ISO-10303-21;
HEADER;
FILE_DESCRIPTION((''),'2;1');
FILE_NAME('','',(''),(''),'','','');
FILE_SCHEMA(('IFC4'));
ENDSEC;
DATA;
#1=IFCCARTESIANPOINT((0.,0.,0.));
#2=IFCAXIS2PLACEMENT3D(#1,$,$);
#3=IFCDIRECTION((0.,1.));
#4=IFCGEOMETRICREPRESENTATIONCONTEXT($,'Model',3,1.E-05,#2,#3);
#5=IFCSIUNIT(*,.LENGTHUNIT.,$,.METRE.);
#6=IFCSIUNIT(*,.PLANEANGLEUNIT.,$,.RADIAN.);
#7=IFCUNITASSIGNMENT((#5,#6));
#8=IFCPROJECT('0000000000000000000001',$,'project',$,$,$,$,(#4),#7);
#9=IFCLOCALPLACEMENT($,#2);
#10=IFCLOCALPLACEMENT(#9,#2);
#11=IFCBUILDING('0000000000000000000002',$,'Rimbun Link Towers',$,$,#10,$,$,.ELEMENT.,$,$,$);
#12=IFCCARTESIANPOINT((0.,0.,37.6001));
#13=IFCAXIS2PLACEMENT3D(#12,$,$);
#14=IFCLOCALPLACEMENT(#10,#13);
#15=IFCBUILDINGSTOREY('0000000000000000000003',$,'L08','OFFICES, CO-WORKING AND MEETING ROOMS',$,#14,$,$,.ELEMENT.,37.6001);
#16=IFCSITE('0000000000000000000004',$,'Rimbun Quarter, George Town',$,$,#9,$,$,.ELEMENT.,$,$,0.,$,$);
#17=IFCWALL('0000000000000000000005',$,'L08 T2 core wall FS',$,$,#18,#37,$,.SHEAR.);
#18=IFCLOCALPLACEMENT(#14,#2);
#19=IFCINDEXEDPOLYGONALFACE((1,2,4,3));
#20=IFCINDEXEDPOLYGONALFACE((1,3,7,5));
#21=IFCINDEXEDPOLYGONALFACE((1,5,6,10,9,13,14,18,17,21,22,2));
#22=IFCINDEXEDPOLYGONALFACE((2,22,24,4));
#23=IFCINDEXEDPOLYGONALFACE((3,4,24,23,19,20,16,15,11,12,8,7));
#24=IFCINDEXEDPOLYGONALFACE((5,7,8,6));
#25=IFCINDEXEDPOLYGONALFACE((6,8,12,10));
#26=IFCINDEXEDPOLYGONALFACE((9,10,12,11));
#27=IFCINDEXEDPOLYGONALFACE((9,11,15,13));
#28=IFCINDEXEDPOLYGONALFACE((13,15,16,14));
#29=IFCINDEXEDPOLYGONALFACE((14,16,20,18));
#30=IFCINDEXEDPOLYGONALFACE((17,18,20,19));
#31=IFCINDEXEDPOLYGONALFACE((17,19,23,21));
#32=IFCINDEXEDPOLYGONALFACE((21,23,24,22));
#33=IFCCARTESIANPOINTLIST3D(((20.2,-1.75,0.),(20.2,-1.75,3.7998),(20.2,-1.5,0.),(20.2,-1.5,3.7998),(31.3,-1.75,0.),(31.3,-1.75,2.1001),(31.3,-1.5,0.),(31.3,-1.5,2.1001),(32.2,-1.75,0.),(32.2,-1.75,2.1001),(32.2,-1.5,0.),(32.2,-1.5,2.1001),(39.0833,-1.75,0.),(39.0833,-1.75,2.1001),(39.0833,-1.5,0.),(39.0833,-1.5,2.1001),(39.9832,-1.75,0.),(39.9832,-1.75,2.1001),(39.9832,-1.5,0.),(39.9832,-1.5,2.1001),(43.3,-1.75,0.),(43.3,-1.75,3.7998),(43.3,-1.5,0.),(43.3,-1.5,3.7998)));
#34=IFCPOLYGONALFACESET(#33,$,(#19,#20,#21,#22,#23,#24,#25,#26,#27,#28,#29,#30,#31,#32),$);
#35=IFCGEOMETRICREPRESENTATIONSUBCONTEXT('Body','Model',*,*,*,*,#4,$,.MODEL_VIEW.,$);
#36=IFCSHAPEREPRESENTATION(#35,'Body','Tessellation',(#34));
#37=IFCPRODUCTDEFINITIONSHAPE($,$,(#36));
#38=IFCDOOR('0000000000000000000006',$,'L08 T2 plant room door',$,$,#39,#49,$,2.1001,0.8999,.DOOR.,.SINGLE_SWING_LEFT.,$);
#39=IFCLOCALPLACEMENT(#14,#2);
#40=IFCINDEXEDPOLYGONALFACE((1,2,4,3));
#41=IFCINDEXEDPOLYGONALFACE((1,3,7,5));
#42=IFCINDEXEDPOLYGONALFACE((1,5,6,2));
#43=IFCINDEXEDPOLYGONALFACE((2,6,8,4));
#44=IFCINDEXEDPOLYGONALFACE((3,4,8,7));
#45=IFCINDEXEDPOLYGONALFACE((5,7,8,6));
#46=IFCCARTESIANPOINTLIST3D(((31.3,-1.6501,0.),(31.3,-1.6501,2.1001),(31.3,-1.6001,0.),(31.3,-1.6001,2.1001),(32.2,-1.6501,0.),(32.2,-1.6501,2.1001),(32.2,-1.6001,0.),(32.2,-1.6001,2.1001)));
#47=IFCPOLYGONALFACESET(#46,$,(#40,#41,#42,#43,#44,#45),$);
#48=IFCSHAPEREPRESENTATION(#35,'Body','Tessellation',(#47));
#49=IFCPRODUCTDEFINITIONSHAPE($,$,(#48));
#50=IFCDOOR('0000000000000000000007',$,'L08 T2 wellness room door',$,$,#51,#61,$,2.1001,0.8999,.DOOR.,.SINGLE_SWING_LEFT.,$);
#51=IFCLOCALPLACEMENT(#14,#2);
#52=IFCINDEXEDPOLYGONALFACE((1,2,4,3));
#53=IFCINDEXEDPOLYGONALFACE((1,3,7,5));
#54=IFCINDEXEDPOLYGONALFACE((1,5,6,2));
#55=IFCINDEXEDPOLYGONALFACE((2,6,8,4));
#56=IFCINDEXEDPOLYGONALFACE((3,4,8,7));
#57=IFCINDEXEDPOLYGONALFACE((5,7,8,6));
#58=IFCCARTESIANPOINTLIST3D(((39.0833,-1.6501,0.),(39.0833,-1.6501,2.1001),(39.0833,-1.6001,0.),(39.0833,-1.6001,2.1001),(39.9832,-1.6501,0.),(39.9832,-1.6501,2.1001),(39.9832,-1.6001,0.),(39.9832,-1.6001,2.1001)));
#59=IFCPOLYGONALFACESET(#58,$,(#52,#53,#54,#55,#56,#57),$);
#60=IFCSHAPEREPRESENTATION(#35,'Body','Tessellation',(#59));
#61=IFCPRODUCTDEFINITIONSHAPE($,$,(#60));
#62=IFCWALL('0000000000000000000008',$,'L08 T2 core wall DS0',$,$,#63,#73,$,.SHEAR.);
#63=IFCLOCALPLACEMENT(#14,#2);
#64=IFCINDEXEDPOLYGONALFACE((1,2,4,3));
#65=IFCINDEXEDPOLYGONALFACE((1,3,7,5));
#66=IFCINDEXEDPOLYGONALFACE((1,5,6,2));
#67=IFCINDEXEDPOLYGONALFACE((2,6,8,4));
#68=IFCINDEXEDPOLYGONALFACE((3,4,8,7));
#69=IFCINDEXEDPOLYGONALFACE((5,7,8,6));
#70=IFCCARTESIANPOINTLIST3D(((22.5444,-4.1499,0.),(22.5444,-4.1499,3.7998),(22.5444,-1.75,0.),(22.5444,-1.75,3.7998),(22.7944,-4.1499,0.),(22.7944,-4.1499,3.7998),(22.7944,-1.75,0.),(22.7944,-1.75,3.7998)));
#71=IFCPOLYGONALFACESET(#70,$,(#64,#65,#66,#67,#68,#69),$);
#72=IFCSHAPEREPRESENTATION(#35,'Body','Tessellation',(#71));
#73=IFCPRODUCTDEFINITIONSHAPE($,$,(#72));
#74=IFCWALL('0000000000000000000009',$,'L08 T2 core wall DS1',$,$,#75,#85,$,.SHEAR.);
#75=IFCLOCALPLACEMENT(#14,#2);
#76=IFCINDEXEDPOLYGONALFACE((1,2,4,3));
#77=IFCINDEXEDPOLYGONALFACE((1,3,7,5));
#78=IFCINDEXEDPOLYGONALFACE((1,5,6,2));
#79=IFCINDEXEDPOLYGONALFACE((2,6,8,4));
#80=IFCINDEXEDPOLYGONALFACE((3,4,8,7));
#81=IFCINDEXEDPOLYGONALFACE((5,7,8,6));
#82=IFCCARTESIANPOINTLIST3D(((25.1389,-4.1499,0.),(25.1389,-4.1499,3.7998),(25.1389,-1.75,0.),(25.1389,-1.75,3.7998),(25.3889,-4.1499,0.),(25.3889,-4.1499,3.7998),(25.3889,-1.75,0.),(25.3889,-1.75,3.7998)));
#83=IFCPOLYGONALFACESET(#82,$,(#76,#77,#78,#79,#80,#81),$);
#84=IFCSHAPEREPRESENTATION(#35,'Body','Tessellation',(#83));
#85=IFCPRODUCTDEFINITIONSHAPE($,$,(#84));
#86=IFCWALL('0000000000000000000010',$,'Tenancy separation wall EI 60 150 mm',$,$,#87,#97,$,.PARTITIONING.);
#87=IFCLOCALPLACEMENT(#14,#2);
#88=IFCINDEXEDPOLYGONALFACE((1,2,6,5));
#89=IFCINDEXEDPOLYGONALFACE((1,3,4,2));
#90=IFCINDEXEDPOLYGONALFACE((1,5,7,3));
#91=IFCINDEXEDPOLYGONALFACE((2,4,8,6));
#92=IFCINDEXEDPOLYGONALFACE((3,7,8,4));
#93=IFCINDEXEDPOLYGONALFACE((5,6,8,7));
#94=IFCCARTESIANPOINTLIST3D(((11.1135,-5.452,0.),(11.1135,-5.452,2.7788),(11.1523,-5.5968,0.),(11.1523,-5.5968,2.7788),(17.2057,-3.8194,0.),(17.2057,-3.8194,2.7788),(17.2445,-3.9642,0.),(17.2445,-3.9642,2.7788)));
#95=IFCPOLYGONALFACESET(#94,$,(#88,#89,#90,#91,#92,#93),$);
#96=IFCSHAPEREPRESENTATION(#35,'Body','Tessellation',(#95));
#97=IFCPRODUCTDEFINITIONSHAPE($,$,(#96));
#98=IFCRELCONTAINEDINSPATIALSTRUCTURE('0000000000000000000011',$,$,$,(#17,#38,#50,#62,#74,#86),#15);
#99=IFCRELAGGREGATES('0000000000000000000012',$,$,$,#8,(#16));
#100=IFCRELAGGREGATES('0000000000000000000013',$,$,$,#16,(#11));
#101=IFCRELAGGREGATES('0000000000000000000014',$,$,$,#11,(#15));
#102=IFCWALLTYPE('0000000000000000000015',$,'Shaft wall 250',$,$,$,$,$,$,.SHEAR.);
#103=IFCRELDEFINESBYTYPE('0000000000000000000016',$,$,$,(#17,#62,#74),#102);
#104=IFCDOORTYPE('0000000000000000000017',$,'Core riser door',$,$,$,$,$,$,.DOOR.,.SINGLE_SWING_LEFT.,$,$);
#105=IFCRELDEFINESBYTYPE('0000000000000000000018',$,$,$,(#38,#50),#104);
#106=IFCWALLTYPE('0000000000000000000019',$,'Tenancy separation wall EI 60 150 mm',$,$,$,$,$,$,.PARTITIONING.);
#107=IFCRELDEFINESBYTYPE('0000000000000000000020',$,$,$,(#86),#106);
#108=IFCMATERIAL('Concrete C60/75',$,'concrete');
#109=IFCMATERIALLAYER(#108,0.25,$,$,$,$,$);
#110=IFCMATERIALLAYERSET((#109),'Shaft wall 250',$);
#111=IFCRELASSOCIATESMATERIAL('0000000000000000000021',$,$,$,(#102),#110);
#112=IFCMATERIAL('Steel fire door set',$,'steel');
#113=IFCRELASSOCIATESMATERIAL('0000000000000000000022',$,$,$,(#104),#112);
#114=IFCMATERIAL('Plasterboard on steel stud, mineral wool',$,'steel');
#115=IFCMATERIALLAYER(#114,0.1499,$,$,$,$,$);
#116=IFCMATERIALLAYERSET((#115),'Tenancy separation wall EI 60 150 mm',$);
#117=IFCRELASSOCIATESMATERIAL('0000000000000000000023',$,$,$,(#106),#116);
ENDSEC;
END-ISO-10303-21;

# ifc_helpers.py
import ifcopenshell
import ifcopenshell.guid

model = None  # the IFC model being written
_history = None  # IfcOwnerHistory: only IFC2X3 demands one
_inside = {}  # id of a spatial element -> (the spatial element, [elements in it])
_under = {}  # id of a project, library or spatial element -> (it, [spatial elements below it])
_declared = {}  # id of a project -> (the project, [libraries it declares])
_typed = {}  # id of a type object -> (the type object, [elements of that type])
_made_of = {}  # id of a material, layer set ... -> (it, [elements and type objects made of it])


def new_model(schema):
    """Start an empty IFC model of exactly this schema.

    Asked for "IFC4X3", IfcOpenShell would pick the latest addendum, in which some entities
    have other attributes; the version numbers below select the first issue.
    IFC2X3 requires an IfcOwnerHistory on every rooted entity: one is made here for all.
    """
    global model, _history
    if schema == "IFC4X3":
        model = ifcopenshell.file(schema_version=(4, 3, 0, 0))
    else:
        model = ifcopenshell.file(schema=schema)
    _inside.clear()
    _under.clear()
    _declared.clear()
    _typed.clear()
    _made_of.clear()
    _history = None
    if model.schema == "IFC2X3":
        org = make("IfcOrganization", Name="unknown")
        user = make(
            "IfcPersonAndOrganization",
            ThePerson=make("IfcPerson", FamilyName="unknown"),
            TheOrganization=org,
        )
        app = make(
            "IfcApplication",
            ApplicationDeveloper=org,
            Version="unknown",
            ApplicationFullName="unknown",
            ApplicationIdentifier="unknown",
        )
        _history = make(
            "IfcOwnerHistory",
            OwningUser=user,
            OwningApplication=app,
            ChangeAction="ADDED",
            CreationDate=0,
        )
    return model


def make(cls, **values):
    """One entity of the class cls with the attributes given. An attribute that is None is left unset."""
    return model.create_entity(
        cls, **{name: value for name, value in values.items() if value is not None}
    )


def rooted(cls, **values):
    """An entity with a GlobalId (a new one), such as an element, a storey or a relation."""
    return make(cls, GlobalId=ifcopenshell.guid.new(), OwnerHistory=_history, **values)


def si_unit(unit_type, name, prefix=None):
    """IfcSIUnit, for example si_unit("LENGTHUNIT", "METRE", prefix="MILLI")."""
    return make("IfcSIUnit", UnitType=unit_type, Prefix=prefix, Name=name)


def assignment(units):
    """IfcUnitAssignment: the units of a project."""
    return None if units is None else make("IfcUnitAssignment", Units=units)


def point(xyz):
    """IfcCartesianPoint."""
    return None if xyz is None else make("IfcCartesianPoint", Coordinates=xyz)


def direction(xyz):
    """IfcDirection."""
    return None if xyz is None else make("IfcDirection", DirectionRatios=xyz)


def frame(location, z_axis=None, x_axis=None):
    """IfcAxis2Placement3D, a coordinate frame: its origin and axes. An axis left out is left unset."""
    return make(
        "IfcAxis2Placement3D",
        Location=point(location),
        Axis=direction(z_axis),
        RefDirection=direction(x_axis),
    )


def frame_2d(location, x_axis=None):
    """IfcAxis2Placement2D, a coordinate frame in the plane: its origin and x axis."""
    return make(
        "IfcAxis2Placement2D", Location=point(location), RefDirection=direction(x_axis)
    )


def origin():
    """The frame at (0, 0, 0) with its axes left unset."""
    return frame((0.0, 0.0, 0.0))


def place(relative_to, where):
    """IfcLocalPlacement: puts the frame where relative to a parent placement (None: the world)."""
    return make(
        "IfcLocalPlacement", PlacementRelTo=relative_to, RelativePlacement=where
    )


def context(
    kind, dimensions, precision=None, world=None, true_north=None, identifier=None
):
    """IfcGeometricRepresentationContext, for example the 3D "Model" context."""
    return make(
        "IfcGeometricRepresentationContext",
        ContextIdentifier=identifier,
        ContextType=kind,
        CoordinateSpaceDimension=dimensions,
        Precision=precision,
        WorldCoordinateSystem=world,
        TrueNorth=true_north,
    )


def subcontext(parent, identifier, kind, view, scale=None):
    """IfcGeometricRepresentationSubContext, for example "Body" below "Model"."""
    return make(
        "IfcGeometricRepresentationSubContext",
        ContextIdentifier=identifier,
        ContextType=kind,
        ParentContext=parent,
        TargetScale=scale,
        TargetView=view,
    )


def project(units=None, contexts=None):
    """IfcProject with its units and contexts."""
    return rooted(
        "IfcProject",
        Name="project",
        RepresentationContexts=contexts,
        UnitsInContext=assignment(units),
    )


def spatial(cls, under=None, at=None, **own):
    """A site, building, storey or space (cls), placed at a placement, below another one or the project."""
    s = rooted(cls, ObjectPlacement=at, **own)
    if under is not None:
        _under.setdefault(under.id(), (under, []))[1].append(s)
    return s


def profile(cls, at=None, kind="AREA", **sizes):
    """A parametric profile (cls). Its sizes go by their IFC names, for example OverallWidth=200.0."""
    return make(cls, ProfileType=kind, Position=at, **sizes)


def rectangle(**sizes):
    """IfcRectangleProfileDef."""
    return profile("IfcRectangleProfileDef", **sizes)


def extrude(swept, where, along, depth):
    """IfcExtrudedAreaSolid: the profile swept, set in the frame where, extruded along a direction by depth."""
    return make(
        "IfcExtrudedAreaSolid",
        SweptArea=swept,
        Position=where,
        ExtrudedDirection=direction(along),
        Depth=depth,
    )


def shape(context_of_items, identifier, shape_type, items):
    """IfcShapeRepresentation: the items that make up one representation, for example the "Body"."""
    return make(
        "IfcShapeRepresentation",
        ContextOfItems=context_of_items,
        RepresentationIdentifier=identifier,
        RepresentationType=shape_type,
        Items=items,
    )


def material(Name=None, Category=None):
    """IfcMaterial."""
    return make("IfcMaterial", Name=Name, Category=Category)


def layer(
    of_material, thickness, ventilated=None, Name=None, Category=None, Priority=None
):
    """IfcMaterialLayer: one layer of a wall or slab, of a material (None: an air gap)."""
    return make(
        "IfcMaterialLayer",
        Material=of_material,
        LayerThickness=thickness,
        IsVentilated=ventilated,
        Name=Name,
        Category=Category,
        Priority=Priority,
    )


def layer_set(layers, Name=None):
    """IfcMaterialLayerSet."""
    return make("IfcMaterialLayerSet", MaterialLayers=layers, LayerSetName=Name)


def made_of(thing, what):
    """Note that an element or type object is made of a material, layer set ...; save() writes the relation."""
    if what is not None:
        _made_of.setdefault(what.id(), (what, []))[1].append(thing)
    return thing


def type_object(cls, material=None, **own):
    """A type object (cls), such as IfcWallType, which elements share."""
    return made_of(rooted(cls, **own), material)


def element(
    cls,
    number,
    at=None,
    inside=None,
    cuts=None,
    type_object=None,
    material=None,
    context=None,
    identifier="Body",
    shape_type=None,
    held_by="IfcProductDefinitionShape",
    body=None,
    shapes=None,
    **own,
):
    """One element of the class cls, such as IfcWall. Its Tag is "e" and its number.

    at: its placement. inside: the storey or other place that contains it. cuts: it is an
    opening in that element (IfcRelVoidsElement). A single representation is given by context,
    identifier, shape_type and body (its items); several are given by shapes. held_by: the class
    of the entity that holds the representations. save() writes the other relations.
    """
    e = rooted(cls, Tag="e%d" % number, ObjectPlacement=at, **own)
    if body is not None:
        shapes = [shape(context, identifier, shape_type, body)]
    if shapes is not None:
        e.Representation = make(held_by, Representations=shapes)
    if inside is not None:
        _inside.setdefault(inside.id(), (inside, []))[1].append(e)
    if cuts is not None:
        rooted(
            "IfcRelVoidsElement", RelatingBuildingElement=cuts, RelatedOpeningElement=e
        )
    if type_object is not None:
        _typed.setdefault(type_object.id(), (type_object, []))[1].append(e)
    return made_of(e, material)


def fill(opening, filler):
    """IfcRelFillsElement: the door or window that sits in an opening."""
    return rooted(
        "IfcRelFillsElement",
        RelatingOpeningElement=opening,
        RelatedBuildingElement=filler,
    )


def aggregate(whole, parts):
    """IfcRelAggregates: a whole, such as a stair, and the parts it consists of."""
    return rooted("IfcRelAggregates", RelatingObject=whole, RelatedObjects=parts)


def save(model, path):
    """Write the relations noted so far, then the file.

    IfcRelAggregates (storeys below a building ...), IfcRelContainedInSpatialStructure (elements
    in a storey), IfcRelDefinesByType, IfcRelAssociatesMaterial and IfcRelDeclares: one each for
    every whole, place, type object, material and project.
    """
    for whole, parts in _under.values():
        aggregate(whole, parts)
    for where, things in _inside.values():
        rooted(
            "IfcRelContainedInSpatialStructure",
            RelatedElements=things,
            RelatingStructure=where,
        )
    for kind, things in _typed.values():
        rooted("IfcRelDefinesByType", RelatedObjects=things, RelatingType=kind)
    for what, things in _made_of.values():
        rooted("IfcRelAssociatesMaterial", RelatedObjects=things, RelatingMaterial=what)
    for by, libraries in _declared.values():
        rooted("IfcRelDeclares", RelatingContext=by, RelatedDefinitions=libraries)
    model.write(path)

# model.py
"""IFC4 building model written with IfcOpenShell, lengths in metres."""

from ifc_helpers import new_model, si_unit, direction, frame, frame_2d, origin, place, context, subcontext, project, spatial, rectangle, extrude, material, layer, layer_set, type_object, element, fill, save


model = new_model("IFC4")

# Units and contexts
model_context = context("Model", 3, precision=1e-05, world=origin(), true_north=direction((0.0, 1.0)))
body_context = subcontext(model_context, "Body", "Model", "MODEL_VIEW")
ifc_project = project(units=[si_unit("LENGTHUNIT", "METRE"), si_unit("PLANEANGLEUNIT", "RADIAN")], contexts=[model_context])

# Site, building, storey
site_placement = place(None, origin())
site = spatial("IfcSite", under=ifc_project, at=site_placement, Name="Rimbun Quarter, George Town", CompositionType="ELEMENT", RefElevation=0.0)
building_placement = place(site_placement, origin())
building = spatial("IfcBuilding", under=site, at=building_placement, Name="Rimbun Link Towers", CompositionType="ELEMENT")
storey_placement = place(building_placement, frame((0.0, 0.0, 37.6001)))
storey = spatial("IfcBuildingStorey", under=building, at=storey_placement, Name="L08", Description="OFFICES, CO-WORKING AND MEETING ROOMS", CompositionType="ELEMENT", Elevation=37.6001)

# Shared definitions
ifc_material_1 = material(Name="Concrete C60/75", Category="concrete")
ifc_layer_1 = layer(ifc_material_1, 0.25)
ifc_layer_set_1 = layer_set([ifc_layer_1], Name="Shaft wall 250")
wall_type_1 = type_object("IfcWallType", Name="Shaft wall 250", PredefinedType="SHEAR", material=ifc_layer_set_1)

# Wall, openings, doors
wall_1_placement = place(storey_placement, frame((20.2, -1.625, 0.0), z_axis=(0.0, 0.0, 1.0), x_axis=(1.0, 0.0, 0.0)))
wall_1 = element("IfcWall", 1, at=wall_1_placement, inside=storey, type_object=wall_type_1, Name="L08 T2 core wall FS", PredefinedType="SHEAR", context=body_context, shape_type="SweptSolid", body=[
    extrude(rectangle(XDim=23.1001, YDim=0.25, at=frame_2d((11.55, 0.0))), origin(), (0.0, 0.0, 1.0), 3.7998),
])
opening_1_placement = place(wall_1_placement, frame((11.1001, 0.0, 0.0)))
opening_1 = element("IfcOpeningElement", 2, at=opening_1_placement, cuts=wall_1, PredefinedType="OPENING", context=body_context, shape_type="SweptSolid", body=[
    extrude(rectangle(XDim=0.8999, YDim=2.1001, at=frame_2d((0.45, 1.05))), frame((0.0, 0.135, 0.0), z_axis=(0.0, -1.0, 0.0), x_axis=(1.0, 0.0, 0.0)), (0.0, 0.0, 1.0), 0.27),
])
opening_2_placement = place(wall_1_placement, frame((18.8833, 0.0, 0.0)))
opening_2 = element("IfcOpeningElement", 3, at=opening_2_placement, cuts=wall_1, PredefinedType="OPENING", context=body_context, shape_type="SweptSolid", body=[
    extrude(rectangle(XDim=0.8999, YDim=2.1001, at=frame_2d((0.45, 1.05))), frame((0.0, 0.135, 0.0), z_axis=(0.0, -1.0, 0.0), x_axis=(1.0, 0.0, 0.0)), (0.0, 0.0, 1.0), 0.27),
])
ifc_material_2 = material(Name="Steel fire door set", Category="steel")
door_type_1 = type_object("IfcDoorType", Name="Core riser door", OperationType="SINGLE_SWING_LEFT", PredefinedType="DOOR", material=ifc_material_2)
door_1_placement = place(opening_1_placement, origin())
door_1 = element("IfcDoor", 4, at=door_1_placement, inside=storey, type_object=door_type_1, Name="L08 T2 plant room door", OperationType="SINGLE_SWING_LEFT", OverallHeight=2.1001, OverallWidth=0.8999, PredefinedType="DOOR", context=body_context, shape_type="SweptSolid", body=[
    extrude(rectangle(XDim=0.8999, YDim=2.1001, at=frame_2d((0.45, 1.05))), frame((0.0, 0.0249, 0.0), z_axis=(0.0, -1.0, 0.0), x_axis=(1.0, 0.0, 0.0)), (0.0, 0.0, 1.0), 0.05),
])
fill(opening_1, door_1)
door_2_placement = place(opening_2_placement, origin())
door_2 = element("IfcDoor", 5, at=door_2_placement, inside=storey, type_object=door_type_1, Name="L08 T2 wellness room door", OperationType="SINGLE_SWING_LEFT", OverallHeight=2.1001, OverallWidth=0.8999, PredefinedType="DOOR", context=body_context, shape_type="SweptSolid", body=[
    extrude(rectangle(XDim=0.8999, YDim=2.1001, at=frame_2d((0.45, 1.05))), frame((0.0, 0.0249, 0.0), z_axis=(0.0, -1.0, 0.0), x_axis=(1.0, 0.0, 0.0)), (0.0, 0.0, 1.0), 0.05),
])
fill(opening_2, door_2)

# Walls
for number, where, z_axis, x_axis, name in (
    (6, (22.6694, -4.1499, 0.0), (0.0, 0.0, 1.0), (0.0, 1.0, 0.0), "L08 T2 core wall DS0"),
    (7, (25.2639, -4.1499, 0.0), (0.0, 0.0, 1.0), (0.0, 1.0, 0.0), "L08 T2 core wall DS1"),
):
    element("IfcWall", number, at=place(storey_placement, frame(where, z_axis=z_axis, x_axis=x_axis)), inside=storey, type_object=wall_type_1, Name=name, PredefinedType="SHEAR", context=body_context, shape_type="SweptSolid", body=[
        extrude(rectangle(XDim=2.3999, YDim=0.25, at=frame_2d((1.2, 0.0))), origin(), (0.0, 0.0, 1.0), 3.7998),
    ])
ifc_material_3 = material(Name="Plasterboard on steel stud, mineral wool", Category="steel")
ifc_layer_2 = layer(ifc_material_3, 0.1499)
ifc_layer_set_2 = layer_set([ifc_layer_2], Name="Tenancy separation wall EI 60 150 mm")
wall_type_2 = type_object("IfcWallType", Name="Tenancy separation wall EI 60 150 mm", PredefinedType="PARTITIONING", material=ifc_layer_set_2)
wall_2_placement = place(storey_placement, frame((17.2251, -3.8918, 0.0), z_axis=(0.0, 0.0, 1.0), x_axis=(-0.96592, -0.258841, 0.0)))
element("IfcWall", 8, at=wall_2_placement, inside=storey, type_object=wall_type_2, Name="Tenancy separation wall EI 60 150 mm", PredefinedType="PARTITIONING", context=body_context, shape_type="SweptSolid", body=[
    extrude(rectangle(XDim=6.3071, YDim=0.1499, at=frame_2d((3.1536, 0.0))), origin(), (0.0, 0.0, 1.0), 2.7788),
])

save(model, "model.ifc")
